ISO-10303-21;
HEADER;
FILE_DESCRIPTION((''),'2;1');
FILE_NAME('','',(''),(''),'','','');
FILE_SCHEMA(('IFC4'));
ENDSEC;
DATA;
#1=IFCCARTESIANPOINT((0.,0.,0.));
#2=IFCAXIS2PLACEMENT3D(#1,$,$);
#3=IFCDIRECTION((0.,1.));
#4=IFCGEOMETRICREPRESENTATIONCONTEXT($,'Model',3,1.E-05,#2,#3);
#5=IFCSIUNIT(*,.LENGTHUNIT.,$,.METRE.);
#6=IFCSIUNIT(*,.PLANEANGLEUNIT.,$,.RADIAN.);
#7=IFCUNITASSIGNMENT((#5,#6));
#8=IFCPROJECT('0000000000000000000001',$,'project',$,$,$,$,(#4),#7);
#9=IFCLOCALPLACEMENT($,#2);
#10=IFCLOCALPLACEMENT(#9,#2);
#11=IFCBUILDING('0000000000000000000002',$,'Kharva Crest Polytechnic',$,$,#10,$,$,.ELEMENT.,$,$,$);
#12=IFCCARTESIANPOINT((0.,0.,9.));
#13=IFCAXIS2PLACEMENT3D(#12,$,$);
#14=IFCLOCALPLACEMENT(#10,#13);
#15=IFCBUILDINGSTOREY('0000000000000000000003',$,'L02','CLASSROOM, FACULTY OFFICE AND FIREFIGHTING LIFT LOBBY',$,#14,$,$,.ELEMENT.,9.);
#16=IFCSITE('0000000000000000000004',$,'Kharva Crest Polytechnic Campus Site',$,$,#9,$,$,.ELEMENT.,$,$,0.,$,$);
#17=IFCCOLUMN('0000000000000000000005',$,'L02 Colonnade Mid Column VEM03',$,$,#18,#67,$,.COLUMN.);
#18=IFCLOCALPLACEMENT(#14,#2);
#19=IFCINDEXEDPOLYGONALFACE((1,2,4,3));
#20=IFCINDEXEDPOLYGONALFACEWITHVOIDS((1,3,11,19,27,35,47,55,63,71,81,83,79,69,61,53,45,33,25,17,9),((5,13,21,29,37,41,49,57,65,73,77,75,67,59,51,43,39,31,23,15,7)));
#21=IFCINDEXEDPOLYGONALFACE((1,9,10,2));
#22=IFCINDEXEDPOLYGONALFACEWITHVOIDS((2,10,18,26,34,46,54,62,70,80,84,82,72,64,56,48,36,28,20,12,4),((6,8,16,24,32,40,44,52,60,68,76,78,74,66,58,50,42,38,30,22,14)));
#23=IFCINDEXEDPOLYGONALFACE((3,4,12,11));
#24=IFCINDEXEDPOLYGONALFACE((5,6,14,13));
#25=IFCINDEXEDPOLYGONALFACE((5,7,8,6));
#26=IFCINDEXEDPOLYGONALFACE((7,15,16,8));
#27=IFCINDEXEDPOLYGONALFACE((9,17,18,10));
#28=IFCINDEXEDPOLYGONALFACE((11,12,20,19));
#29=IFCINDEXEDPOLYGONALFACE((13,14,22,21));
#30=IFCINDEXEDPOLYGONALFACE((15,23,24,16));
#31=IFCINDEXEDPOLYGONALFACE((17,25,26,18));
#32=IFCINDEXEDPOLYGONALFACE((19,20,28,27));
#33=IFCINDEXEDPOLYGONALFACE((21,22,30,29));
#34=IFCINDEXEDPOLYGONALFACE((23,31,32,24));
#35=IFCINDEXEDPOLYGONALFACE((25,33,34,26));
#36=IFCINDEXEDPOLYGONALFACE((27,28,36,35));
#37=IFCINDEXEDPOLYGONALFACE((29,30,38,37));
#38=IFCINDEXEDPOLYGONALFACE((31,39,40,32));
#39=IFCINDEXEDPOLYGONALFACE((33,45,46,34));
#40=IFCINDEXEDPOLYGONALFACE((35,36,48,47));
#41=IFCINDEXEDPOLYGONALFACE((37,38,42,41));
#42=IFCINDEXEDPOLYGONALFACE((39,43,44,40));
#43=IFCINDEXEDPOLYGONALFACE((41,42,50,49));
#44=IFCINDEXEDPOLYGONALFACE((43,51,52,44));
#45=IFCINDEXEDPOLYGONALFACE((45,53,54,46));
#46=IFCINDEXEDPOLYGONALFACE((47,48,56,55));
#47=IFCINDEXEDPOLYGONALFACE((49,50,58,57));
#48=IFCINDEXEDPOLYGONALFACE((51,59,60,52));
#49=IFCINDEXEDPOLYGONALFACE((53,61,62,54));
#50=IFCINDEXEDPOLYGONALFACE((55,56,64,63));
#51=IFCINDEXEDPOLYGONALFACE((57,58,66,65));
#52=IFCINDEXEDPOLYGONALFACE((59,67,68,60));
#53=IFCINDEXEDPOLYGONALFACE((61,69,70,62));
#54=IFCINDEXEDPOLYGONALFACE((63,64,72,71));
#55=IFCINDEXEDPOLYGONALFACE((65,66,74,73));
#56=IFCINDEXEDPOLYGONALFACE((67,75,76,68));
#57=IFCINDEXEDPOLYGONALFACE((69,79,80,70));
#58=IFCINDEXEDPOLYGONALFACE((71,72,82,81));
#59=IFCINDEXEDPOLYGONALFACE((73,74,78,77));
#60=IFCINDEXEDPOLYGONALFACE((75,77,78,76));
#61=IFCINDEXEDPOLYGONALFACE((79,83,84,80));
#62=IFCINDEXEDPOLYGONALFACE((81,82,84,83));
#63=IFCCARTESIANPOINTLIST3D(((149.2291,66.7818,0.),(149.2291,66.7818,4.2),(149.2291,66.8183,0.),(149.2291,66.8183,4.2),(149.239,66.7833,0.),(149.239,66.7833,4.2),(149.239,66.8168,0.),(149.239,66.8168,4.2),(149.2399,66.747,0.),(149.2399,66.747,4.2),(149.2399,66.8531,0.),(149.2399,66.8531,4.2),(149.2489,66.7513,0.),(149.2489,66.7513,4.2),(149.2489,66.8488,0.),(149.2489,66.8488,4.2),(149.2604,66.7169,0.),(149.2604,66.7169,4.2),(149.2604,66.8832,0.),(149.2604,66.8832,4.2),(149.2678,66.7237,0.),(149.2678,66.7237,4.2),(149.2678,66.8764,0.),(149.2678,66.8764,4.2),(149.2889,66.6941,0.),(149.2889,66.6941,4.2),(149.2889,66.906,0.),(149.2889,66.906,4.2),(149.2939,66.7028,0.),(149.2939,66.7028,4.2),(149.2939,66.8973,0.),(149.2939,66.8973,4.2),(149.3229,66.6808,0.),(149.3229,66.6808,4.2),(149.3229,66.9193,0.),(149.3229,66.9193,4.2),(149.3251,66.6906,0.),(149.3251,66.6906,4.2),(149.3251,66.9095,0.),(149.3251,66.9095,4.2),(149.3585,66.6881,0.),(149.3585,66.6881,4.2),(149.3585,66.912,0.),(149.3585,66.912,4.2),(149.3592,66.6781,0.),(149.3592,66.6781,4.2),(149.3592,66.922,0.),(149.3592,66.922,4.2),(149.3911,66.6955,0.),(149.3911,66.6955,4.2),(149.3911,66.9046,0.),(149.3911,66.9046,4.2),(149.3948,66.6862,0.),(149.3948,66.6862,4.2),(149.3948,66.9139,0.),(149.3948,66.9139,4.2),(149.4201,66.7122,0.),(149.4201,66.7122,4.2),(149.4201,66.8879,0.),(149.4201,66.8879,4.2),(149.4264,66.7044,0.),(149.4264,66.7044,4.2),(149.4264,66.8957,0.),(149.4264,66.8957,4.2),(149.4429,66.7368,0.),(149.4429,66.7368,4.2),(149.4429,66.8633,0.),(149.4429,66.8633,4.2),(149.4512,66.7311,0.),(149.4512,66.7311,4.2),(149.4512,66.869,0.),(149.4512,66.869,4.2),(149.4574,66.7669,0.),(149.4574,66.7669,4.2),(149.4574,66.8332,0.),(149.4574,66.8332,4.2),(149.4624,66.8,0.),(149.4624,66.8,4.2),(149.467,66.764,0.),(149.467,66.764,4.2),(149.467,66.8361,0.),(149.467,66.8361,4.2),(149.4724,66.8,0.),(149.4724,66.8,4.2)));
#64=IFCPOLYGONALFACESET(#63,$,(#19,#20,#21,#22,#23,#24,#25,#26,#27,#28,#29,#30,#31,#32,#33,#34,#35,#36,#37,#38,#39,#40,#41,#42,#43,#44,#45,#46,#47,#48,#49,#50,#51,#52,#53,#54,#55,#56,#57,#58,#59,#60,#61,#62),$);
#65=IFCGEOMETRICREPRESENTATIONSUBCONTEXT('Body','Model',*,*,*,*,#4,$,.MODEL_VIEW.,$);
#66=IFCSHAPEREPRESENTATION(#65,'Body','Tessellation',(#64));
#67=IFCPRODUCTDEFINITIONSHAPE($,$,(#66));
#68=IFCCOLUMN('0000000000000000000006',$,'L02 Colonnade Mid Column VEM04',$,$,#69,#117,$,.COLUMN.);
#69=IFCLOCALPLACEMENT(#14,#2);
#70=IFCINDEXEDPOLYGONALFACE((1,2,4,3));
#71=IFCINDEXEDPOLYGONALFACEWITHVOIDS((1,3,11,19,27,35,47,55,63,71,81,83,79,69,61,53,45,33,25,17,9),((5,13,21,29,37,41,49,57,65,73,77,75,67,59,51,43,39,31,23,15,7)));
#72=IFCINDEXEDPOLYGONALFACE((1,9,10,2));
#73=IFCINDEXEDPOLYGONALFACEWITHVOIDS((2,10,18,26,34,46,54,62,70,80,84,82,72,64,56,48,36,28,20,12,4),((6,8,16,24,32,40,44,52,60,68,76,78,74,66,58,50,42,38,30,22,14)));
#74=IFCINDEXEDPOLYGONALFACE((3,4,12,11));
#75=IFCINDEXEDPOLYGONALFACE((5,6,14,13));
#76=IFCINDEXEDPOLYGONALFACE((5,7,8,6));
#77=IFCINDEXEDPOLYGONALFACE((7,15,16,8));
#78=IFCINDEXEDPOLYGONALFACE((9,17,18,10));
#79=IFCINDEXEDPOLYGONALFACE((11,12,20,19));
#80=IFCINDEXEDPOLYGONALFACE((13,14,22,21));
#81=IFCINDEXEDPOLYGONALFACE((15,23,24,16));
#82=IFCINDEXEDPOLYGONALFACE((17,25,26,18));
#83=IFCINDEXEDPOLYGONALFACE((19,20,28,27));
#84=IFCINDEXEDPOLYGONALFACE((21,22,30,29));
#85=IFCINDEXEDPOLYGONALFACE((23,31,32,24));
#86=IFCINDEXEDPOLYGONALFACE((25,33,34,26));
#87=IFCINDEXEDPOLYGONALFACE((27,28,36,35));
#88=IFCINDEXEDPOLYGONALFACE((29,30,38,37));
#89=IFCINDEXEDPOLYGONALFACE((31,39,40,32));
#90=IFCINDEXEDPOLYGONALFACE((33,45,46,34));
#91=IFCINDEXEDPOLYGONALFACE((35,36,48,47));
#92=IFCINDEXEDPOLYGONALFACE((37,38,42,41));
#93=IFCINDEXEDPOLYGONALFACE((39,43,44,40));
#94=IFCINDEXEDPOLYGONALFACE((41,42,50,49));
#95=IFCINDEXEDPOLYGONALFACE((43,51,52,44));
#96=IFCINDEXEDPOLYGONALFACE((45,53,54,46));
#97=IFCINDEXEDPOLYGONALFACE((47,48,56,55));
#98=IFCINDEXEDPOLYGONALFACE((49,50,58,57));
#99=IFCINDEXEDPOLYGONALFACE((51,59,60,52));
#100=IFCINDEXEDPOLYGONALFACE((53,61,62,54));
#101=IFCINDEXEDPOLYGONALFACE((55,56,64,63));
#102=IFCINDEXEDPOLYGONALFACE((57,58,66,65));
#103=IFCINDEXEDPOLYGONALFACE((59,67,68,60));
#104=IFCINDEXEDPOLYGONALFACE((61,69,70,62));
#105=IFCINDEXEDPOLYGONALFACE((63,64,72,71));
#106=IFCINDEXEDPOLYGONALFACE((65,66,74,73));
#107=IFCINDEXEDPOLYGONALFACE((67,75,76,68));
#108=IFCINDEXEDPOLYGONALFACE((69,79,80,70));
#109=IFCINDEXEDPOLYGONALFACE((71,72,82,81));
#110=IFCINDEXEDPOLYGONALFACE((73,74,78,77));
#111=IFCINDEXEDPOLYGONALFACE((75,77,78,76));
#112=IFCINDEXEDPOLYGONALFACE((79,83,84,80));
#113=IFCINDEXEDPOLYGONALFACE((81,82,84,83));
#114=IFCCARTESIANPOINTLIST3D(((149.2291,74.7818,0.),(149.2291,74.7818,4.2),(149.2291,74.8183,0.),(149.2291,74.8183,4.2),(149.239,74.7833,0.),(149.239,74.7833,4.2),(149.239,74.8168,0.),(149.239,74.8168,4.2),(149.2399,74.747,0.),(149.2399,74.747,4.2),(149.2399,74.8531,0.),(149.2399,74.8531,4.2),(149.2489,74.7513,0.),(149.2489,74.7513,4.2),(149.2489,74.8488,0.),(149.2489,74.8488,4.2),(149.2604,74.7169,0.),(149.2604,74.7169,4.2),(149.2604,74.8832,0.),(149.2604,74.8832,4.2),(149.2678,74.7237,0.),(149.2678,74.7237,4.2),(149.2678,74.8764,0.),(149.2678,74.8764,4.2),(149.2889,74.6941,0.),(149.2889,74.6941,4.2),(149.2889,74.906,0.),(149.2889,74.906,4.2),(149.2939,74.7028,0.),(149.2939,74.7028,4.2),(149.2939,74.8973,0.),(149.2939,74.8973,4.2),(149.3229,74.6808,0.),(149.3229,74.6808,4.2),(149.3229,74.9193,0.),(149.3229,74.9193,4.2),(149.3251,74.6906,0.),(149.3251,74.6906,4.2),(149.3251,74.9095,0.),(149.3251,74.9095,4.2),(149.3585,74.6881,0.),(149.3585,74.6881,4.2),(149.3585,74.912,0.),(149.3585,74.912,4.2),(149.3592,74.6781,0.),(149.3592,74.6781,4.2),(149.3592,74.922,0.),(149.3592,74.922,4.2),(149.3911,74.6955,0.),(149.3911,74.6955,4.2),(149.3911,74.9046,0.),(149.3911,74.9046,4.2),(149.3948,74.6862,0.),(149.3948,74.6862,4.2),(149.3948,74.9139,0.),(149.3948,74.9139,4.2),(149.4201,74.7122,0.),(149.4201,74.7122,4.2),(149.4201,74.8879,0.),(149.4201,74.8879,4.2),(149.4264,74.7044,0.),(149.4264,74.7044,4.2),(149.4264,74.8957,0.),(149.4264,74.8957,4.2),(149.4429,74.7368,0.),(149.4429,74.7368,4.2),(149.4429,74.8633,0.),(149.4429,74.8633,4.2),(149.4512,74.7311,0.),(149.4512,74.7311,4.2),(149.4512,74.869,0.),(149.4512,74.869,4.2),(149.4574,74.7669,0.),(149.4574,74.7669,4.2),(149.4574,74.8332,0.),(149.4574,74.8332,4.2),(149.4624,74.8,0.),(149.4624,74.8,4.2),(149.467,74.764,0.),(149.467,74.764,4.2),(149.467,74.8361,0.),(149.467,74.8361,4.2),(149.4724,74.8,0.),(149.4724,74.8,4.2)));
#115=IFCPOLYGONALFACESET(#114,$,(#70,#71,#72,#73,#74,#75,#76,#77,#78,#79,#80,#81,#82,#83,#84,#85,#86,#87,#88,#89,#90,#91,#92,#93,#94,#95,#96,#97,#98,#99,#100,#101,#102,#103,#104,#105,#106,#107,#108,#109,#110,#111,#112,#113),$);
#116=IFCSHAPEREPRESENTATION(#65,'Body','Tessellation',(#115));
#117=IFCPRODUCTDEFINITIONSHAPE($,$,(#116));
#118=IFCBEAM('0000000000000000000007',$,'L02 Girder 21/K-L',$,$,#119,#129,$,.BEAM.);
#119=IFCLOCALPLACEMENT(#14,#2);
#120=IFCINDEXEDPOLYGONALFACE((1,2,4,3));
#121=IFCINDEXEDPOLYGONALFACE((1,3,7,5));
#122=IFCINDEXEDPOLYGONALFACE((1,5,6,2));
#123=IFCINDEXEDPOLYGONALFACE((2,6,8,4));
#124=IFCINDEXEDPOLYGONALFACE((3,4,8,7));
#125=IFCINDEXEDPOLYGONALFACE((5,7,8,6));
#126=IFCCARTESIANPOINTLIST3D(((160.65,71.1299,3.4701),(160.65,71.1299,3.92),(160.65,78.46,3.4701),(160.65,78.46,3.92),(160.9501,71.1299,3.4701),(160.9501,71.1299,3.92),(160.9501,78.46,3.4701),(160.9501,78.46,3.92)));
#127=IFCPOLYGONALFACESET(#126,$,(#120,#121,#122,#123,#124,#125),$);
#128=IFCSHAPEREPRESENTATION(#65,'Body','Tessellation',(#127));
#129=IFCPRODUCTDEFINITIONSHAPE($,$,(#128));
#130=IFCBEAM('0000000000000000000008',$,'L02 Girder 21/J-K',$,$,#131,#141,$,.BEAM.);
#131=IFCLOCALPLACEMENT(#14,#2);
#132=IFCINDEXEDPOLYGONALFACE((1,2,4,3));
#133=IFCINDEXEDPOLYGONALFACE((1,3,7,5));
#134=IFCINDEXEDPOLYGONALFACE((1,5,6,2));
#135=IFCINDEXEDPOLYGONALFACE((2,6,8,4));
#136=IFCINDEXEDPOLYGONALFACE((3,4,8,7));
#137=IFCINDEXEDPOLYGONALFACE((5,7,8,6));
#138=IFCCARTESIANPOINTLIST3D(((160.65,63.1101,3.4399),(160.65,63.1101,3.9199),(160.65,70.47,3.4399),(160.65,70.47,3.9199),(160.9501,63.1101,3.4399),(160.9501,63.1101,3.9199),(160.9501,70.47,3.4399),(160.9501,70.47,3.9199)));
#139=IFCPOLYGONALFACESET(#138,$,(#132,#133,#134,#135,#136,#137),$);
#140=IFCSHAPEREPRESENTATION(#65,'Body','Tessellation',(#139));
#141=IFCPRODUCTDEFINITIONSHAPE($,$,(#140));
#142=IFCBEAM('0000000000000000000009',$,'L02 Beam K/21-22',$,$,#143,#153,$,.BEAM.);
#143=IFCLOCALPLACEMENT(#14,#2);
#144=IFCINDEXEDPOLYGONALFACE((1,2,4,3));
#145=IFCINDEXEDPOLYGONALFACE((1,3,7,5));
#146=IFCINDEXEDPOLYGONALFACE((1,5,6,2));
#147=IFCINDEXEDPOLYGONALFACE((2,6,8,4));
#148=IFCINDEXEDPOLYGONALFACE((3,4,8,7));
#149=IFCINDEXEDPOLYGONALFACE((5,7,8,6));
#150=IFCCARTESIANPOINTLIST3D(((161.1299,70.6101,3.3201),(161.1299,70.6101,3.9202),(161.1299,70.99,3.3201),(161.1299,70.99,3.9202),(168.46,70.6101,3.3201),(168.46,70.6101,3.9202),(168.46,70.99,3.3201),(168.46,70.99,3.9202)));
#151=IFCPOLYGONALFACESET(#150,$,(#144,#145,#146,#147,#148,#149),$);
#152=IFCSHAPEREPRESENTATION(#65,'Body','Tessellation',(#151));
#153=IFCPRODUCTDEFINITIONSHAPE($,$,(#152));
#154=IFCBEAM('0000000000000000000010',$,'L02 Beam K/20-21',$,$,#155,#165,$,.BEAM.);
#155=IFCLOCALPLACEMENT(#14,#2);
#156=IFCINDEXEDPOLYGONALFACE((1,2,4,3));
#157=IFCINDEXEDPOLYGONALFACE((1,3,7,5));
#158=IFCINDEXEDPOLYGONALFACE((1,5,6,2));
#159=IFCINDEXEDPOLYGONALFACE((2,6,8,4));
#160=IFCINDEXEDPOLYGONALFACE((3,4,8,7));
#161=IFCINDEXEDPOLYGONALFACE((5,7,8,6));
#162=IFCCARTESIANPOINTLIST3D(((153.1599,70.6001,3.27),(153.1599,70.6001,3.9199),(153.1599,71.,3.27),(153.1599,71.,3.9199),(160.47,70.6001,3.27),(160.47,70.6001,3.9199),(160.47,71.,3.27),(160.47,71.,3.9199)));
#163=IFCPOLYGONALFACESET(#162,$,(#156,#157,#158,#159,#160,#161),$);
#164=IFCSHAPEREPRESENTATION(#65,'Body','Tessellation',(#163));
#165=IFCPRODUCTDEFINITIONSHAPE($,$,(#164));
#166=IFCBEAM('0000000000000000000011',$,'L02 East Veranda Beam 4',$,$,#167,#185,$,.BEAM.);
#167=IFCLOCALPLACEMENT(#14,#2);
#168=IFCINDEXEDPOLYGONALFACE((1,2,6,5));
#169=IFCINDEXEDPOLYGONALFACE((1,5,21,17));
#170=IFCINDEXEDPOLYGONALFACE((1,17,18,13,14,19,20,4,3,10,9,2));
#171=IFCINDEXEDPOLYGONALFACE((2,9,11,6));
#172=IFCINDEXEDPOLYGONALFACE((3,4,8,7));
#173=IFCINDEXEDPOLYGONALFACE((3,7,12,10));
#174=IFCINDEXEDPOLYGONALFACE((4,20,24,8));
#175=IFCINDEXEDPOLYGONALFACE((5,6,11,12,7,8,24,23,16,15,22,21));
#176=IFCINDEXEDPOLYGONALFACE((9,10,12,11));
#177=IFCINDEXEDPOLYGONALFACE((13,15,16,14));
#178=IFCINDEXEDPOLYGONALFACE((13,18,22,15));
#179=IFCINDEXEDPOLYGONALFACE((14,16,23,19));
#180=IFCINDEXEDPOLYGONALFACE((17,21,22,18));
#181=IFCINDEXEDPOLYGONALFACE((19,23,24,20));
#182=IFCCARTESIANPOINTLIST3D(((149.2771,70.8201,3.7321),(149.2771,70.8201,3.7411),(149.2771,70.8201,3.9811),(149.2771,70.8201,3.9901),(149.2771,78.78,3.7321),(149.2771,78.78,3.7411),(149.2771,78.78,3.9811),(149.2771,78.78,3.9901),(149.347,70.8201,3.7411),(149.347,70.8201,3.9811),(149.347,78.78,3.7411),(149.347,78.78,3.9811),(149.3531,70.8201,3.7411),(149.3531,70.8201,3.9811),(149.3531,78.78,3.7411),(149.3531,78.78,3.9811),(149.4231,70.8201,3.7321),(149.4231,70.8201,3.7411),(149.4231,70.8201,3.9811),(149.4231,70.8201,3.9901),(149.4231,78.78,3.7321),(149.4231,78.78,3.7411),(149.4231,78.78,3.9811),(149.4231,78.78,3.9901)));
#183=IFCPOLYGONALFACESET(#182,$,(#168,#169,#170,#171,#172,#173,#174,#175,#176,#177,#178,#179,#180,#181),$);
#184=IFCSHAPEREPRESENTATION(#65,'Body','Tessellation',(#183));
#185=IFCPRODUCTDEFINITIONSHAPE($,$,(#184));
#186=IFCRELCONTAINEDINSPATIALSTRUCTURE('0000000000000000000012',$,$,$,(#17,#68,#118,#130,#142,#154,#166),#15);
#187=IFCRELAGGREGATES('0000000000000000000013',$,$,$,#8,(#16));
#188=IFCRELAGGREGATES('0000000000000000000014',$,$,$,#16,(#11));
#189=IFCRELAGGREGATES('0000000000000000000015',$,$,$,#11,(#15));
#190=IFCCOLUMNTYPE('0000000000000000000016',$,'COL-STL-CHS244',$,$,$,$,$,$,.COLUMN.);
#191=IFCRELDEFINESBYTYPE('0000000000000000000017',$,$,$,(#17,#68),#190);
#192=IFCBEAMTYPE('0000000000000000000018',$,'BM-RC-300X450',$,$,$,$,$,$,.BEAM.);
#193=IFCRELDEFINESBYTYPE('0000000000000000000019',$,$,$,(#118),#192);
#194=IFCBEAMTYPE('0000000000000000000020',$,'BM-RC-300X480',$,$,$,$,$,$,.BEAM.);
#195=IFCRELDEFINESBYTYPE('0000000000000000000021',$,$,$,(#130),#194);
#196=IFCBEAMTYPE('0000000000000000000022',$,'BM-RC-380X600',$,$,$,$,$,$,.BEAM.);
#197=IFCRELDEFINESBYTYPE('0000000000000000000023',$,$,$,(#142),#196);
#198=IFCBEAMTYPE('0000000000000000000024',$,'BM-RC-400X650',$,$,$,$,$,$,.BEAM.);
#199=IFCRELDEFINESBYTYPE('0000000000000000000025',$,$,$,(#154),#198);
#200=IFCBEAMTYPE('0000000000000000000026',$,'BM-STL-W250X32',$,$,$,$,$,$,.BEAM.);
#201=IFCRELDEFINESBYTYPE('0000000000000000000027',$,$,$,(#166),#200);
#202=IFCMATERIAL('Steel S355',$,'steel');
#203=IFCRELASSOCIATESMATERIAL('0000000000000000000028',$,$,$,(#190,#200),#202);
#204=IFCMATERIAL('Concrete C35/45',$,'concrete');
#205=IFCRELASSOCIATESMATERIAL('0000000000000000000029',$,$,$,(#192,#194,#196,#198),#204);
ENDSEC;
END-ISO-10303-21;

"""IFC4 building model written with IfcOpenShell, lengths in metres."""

from ifc_helpers import new_model, si_unit, direction, frame, origin, origin_2d, place, context, subcontext, project, spatial, rectangle, hollow_circle, i_section, extrude, material, material_profile, profile_set, type_object, element, save


model = new_model("IFC4")

# Units and contexts
model_context = context("Model", 3, precision=1e-05, world=origin(), true_north=direction((0.0, 1.0)))
body_context = subcontext(model_context, "Body", "Model", "MODEL_VIEW")
ifc_project = project(units=[si_unit("LENGTHUNIT", "METRE"), si_unit("PLANEANGLEUNIT", "RADIAN")], contexts=[model_context])

# Site, building, storey
site_placement = place(None, origin())
site = spatial("IfcSite", under=ifc_project, at=site_placement, Name="Kharva Crest Polytechnic Campus Site", CompositionType="ELEMENT", RefElevation=0.0)
building_placement = place(site_placement, origin())
building = spatial("IfcBuilding", under=site, at=building_placement, Name="Kharva Crest Polytechnic", CompositionType="ELEMENT")
storey_placement = place(building_placement, frame((0.0, 0.0, 9.0)))
storey = spatial("IfcBuildingStorey", under=building, at=storey_placement, Name="L02", Description="CLASSROOM, FACULTY OFFICE AND FIREFIGHTING LIFT LOBBY", CompositionType="ELEMENT", Elevation=9.0)

# Columns
ifc_material_1 = material(Name="Steel S355", Category="steel")
ifc_material_profile_1 = material_profile(ifc_material_1, hollow_circle(Radius=0.1223, WallThickness=0.01, at=origin_2d()), Name="CHS 244.5X10.0")
ifc_profile_set_1 = profile_set([ifc_material_profile_1], Name="Steel S355")
column_type_1 = type_object("IfcColumnType", Name="COL-STL-CHS244", PredefinedType="COLUMN", material=ifc_profile_set_1)
for number, where, z_axis, x_axis, name in (
    (1, (149.3501, 66.8, 0.0), (0.0, 0.0, 1.0), (1.0, 0.0, 0.0), "L02 Colonnade Mid Column VEM03"),
    (2, (149.3501, 74.8, 0.0), (0.0, 0.0, 1.0), (1.0, 0.0, 0.0), "L02 Colonnade Mid Column VEM04"),
):
    element("IfcColumn", number, at=place(storey_placement, frame(where, z_axis=z_axis, x_axis=x_axis)), inside=storey, type_object=column_type_1, Name=name, PredefinedType="COLUMN", context=body_context, shape_type="SweptSolid", body=[
        extrude(hollow_circle(Radius=0.1223, WallThickness=0.01, at=origin_2d()), origin(), (0.0, 0.0, 1.0), 4.2),
    ])

# Beams
ifc_material_2 = material(Name="Concrete C35/45", Category="concrete")
ifc_material_profile_2 = material_profile(ifc_material_2, rectangle(XDim=0.3, YDim=0.45, at=origin_2d()), Name="RECT 300 X 450")
ifc_profile_set_2 = profile_set([ifc_material_profile_2], Name="Concrete C35/45")
beam_type_1 = type_object("IfcBeamType", Name="BM-RC-300X450", PredefinedType="BEAM", material=ifc_profile_set_2)
beam_1_placement = place(storey_placement, frame((160.8, 71.1299, 3.6951), z_axis=(0.0, 1.0, 0.0), x_axis=(-1.0, 0.0, 0.0)))
element("IfcBeam", 3, at=beam_1_placement, inside=storey, type_object=beam_type_1, Name="L02 Girder 21/K-L", PredefinedType="BEAM", context=body_context, shape_type="SweptSolid", body=[
    extrude(rectangle(XDim=0.3, YDim=0.45, at=origin_2d()), origin(), (0.0, 0.0, 1.0), 7.3301),
])
ifc_material_profile_3 = material_profile(ifc_material_2, rectangle(XDim=0.3, YDim=0.48, at=origin_2d()), Name="RECT 300 X 480")
ifc_profile_set_3 = profile_set([ifc_material_profile_3], Name="Concrete C35/45")
beam_type_2 = type_object("IfcBeamType", Name="BM-RC-300X480", PredefinedType="BEAM", material=ifc_profile_set_3)
beam_2_placement = place(storey_placement, frame((160.8, 63.1101, 3.6799), z_axis=(0.0, 1.0, 0.0), x_axis=(-1.0, 0.0, 0.0)))
element("IfcBeam", 4, at=beam_2_placement, inside=storey, type_object=beam_type_2, Name="L02 Girder 21/J-K", PredefinedType="BEAM", context=body_context, shape_type="SweptSolid", body=[
    extrude(rectangle(XDim=0.3, YDim=0.48, at=origin_2d()), origin(), (0.0, 0.0, 1.0), 7.3599),
])
ifc_material_profile_4 = material_profile(ifc_material_2, rectangle(XDim=0.3799, YDim=0.6001, at=origin_2d()), Name="RECT 380 X 600")
ifc_profile_set_4 = profile_set([ifc_material_profile_4], Name="Concrete C35/45")
beam_type_3 = type_object("IfcBeamType", Name="BM-RC-380X600", PredefinedType="BEAM", material=ifc_profile_set_4)
beam_3_placement = place(storey_placement, frame((161.1299, 70.8, 3.6201), z_axis=(1.0, 0.0, 0.0), x_axis=(0.0, 1.0, 0.0)))
element("IfcBeam", 5, at=beam_3_placement, inside=storey, type_object=beam_type_3, Name="L02 Beam K/21-22", PredefinedType="BEAM", context=body_context, shape_type="SweptSolid", body=[
    extrude(rectangle(XDim=0.3799, YDim=0.6001, at=origin_2d()), origin(), (0.0, 0.0, 1.0), 7.3301),
])
ifc_material_profile_5 = material_profile(ifc_material_2, rectangle(XDim=0.3999, YDim=0.6499, at=origin_2d()), Name="RECT 400 X 650")
ifc_profile_set_5 = profile_set([ifc_material_profile_5], Name="Concrete C35/45")
beam_type_4 = type_object("IfcBeamType", Name="BM-RC-400X650", PredefinedType="BEAM", material=ifc_profile_set_5)
beam_4_placement = place(storey_placement, frame((153.1599, 70.8, 3.595), z_axis=(1.0, 0.0, 0.0), x_axis=(0.0, 1.0, 0.0)))
element("IfcBeam", 6, at=beam_4_placement, inside=storey, type_object=beam_type_4, Name="L02 Beam K/20-21", PredefinedType="BEAM", context=body_context, shape_type="SweptSolid", body=[
    extrude(rectangle(XDim=0.3999, YDim=0.6499, at=origin_2d()), origin(), (0.0, 0.0, 1.0), 7.3101),
])
ifc_material_profile_6 = material_profile(ifc_material_1, i_section(OverallWidth=0.146, OverallDepth=0.2581, WebThickness=0.0061, FlangeThickness=0.009, at=origin_2d()), Name="W250X32.7")
ifc_profile_set_6 = profile_set([ifc_material_profile_6], Name="Steel S355")
beam_type_5 = type_object("IfcBeamType", Name="BM-STL-W250X32", PredefinedType="BEAM", material=ifc_profile_set_6)
beam_5_placement = place(storey_placement, frame((149.3501, 70.8201, 3.8611), z_axis=(0.0, 1.0, 0.0), x_axis=(-1.0, 0.0, 0.0)))
element("IfcBeam", 7, at=beam_5_placement, inside=storey, type_object=beam_type_5, Name="L02 East Veranda Beam 4", PredefinedType="BEAM", context=body_context, shape_type="SweptSolid", body=[
    extrude(i_section(OverallWidth=0.146, OverallDepth=0.2581, WebThickness=0.0061, FlangeThickness=0.009, at=origin_2d()), origin(), (0.0, 0.0, 1.0), 7.96),
])

save(model, "model.ifc")
